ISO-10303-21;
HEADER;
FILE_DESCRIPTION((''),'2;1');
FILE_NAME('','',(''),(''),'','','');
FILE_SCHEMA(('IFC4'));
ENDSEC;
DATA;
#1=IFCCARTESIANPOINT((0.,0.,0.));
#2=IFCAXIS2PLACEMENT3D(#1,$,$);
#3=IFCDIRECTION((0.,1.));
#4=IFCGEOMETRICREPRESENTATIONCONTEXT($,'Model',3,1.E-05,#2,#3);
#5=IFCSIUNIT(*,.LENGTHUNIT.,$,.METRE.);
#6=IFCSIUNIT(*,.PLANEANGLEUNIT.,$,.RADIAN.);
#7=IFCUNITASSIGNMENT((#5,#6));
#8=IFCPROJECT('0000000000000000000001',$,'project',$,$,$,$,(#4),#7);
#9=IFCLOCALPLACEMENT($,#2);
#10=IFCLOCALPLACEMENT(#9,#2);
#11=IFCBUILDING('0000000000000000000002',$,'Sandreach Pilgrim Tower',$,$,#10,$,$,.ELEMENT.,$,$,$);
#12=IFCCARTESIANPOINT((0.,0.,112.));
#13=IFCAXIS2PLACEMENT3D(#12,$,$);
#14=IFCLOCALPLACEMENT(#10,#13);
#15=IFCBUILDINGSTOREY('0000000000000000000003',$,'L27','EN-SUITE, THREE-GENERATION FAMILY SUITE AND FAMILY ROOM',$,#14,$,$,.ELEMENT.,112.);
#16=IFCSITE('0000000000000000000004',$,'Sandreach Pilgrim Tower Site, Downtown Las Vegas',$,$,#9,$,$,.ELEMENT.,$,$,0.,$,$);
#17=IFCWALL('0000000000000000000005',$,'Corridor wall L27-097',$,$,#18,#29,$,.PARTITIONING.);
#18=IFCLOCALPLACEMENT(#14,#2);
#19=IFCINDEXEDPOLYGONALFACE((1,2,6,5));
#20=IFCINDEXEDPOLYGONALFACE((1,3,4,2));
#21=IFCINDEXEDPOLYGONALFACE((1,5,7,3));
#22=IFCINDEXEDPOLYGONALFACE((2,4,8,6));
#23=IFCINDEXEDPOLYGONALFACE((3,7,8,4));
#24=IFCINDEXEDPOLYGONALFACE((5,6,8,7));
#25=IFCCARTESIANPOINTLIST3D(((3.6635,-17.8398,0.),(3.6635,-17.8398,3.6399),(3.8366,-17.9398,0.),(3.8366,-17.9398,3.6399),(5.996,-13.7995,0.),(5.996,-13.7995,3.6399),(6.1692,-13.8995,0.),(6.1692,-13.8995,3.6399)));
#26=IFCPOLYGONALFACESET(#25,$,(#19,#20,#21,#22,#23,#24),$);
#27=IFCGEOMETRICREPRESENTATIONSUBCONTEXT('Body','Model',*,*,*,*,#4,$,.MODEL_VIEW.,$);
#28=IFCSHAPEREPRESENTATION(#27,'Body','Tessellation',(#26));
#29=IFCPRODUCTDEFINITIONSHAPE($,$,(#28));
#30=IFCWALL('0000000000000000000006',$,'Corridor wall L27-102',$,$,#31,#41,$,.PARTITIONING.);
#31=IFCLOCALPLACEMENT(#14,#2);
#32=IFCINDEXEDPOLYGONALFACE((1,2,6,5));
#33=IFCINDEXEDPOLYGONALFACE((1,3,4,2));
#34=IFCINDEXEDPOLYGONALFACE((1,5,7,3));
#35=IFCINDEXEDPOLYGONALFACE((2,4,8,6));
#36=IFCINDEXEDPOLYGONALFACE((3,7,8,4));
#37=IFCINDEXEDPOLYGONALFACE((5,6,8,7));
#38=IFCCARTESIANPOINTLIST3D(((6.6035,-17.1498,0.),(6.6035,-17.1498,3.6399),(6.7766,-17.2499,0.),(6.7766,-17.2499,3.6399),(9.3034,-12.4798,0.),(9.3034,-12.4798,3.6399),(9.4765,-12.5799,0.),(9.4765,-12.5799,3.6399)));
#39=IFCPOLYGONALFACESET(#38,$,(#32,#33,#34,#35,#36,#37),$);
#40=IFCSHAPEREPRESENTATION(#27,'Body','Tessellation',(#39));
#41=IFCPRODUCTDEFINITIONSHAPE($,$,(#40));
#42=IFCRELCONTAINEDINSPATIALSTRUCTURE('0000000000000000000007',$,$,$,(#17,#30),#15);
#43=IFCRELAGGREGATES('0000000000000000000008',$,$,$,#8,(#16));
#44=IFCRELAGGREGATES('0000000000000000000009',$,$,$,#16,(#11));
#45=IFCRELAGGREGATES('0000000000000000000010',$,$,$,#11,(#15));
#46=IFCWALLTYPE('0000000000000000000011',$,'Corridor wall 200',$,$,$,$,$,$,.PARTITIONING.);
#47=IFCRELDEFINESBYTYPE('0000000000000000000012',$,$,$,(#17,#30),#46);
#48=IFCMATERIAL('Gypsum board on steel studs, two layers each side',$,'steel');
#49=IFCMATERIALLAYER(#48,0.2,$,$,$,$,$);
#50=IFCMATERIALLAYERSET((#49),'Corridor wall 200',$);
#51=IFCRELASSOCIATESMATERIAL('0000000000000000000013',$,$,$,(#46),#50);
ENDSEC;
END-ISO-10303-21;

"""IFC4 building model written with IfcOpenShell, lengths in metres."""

from ifc_helpers import new_model, si_unit, direction, frame, frame_2d, origin, place, context, subcontext, project, spatial, rectangle, extrude, material, layer, layer_set, type_object, element, save


model = new_model("IFC4")

# Units and contexts
model_context = context("Model", 3, precision=1e-05, world=origin(), true_north=direction((0.0, 1.0)))
body_context = subcontext(model_context, "Body", "Model", "MODEL_VIEW")
ifc_project = project(units=[si_unit("LENGTHUNIT", "METRE"), si_unit("PLANEANGLEUNIT", "RADIAN")], contexts=[model_context])

# Site, building, storey
site_placement = place(None, origin())
site = spatial("IfcSite", under=ifc_project, at=site_placement, Name="Sandreach Pilgrim Tower Site, Downtown Las Vegas", CompositionType="ELEMENT", RefElevation=0.0)
building_placement = place(site_placement, origin())
building = spatial("IfcBuilding", under=site, at=building_placement, Name="Sandreach Pilgrim Tower", CompositionType="ELEMENT")
storey_placement = place(building_placement, frame((0.0, 0.0, 112.0)))
storey = spatial("IfcBuildingStorey", under=building, at=storey_placement, Name="L27", Description="EN-SUITE, THREE-GENERATION FAMILY SUITE AND FAMILY ROOM", CompositionType="ELEMENT", Elevation=112.0)

# Shared definitions
ifc_material_1 = material(Name="Gypsum board on steel studs, two layers each side", Category="steel")
ifc_layer_1 = layer(ifc_material_1, 0.2)
ifc_layer_set_1 = layer_set([ifc_layer_1], Name="Corridor wall 200")
wall_type_1 = type_object("IfcWallType", Name="Corridor wall 200", PredefinedType="PARTITIONING", material=ifc_layer_set_1)

# Walls
wall_1_placement = place(storey_placement, frame((6.0825, -13.8496, 0.0), z_axis=(0.0, 0.0, 1.0), x_axis=(-0.499978, -0.866038, 0.0)))
element("IfcWall", 1, at=wall_1_placement, inside=storey, type_object=wall_type_1, Name="Corridor wall L27-097", PredefinedType="PARTITIONING", context=body_context, shape_type="SweptSolid", body=[
    extrude(rectangle(XDim=4.6653, YDim=0.2, at=frame_2d((2.3325, 0.0))), origin(), (0.0, 0.0, 1.0), 3.6399),
])
wall_2_placement = place(storey_placement, frame((6.6899, -17.2, 0.0), z_axis=(0.0, 0.0, 1.0), x_axis=(0.500524, 0.865723, 0.0)))
element("IfcWall", 2, at=wall_2_placement, inside=storey, type_object=wall_type_1, Name="Corridor wall L27-102", PredefinedType="PARTITIONING", context=body_context, shape_type="SweptSolid", body=[
    extrude(rectangle(XDim=5.3943, YDim=0.2, at=frame_2d((2.6973, 0.0))), origin(), (0.0, 0.0, 1.0), 3.6399),
])

save(model, "model.ifc")
